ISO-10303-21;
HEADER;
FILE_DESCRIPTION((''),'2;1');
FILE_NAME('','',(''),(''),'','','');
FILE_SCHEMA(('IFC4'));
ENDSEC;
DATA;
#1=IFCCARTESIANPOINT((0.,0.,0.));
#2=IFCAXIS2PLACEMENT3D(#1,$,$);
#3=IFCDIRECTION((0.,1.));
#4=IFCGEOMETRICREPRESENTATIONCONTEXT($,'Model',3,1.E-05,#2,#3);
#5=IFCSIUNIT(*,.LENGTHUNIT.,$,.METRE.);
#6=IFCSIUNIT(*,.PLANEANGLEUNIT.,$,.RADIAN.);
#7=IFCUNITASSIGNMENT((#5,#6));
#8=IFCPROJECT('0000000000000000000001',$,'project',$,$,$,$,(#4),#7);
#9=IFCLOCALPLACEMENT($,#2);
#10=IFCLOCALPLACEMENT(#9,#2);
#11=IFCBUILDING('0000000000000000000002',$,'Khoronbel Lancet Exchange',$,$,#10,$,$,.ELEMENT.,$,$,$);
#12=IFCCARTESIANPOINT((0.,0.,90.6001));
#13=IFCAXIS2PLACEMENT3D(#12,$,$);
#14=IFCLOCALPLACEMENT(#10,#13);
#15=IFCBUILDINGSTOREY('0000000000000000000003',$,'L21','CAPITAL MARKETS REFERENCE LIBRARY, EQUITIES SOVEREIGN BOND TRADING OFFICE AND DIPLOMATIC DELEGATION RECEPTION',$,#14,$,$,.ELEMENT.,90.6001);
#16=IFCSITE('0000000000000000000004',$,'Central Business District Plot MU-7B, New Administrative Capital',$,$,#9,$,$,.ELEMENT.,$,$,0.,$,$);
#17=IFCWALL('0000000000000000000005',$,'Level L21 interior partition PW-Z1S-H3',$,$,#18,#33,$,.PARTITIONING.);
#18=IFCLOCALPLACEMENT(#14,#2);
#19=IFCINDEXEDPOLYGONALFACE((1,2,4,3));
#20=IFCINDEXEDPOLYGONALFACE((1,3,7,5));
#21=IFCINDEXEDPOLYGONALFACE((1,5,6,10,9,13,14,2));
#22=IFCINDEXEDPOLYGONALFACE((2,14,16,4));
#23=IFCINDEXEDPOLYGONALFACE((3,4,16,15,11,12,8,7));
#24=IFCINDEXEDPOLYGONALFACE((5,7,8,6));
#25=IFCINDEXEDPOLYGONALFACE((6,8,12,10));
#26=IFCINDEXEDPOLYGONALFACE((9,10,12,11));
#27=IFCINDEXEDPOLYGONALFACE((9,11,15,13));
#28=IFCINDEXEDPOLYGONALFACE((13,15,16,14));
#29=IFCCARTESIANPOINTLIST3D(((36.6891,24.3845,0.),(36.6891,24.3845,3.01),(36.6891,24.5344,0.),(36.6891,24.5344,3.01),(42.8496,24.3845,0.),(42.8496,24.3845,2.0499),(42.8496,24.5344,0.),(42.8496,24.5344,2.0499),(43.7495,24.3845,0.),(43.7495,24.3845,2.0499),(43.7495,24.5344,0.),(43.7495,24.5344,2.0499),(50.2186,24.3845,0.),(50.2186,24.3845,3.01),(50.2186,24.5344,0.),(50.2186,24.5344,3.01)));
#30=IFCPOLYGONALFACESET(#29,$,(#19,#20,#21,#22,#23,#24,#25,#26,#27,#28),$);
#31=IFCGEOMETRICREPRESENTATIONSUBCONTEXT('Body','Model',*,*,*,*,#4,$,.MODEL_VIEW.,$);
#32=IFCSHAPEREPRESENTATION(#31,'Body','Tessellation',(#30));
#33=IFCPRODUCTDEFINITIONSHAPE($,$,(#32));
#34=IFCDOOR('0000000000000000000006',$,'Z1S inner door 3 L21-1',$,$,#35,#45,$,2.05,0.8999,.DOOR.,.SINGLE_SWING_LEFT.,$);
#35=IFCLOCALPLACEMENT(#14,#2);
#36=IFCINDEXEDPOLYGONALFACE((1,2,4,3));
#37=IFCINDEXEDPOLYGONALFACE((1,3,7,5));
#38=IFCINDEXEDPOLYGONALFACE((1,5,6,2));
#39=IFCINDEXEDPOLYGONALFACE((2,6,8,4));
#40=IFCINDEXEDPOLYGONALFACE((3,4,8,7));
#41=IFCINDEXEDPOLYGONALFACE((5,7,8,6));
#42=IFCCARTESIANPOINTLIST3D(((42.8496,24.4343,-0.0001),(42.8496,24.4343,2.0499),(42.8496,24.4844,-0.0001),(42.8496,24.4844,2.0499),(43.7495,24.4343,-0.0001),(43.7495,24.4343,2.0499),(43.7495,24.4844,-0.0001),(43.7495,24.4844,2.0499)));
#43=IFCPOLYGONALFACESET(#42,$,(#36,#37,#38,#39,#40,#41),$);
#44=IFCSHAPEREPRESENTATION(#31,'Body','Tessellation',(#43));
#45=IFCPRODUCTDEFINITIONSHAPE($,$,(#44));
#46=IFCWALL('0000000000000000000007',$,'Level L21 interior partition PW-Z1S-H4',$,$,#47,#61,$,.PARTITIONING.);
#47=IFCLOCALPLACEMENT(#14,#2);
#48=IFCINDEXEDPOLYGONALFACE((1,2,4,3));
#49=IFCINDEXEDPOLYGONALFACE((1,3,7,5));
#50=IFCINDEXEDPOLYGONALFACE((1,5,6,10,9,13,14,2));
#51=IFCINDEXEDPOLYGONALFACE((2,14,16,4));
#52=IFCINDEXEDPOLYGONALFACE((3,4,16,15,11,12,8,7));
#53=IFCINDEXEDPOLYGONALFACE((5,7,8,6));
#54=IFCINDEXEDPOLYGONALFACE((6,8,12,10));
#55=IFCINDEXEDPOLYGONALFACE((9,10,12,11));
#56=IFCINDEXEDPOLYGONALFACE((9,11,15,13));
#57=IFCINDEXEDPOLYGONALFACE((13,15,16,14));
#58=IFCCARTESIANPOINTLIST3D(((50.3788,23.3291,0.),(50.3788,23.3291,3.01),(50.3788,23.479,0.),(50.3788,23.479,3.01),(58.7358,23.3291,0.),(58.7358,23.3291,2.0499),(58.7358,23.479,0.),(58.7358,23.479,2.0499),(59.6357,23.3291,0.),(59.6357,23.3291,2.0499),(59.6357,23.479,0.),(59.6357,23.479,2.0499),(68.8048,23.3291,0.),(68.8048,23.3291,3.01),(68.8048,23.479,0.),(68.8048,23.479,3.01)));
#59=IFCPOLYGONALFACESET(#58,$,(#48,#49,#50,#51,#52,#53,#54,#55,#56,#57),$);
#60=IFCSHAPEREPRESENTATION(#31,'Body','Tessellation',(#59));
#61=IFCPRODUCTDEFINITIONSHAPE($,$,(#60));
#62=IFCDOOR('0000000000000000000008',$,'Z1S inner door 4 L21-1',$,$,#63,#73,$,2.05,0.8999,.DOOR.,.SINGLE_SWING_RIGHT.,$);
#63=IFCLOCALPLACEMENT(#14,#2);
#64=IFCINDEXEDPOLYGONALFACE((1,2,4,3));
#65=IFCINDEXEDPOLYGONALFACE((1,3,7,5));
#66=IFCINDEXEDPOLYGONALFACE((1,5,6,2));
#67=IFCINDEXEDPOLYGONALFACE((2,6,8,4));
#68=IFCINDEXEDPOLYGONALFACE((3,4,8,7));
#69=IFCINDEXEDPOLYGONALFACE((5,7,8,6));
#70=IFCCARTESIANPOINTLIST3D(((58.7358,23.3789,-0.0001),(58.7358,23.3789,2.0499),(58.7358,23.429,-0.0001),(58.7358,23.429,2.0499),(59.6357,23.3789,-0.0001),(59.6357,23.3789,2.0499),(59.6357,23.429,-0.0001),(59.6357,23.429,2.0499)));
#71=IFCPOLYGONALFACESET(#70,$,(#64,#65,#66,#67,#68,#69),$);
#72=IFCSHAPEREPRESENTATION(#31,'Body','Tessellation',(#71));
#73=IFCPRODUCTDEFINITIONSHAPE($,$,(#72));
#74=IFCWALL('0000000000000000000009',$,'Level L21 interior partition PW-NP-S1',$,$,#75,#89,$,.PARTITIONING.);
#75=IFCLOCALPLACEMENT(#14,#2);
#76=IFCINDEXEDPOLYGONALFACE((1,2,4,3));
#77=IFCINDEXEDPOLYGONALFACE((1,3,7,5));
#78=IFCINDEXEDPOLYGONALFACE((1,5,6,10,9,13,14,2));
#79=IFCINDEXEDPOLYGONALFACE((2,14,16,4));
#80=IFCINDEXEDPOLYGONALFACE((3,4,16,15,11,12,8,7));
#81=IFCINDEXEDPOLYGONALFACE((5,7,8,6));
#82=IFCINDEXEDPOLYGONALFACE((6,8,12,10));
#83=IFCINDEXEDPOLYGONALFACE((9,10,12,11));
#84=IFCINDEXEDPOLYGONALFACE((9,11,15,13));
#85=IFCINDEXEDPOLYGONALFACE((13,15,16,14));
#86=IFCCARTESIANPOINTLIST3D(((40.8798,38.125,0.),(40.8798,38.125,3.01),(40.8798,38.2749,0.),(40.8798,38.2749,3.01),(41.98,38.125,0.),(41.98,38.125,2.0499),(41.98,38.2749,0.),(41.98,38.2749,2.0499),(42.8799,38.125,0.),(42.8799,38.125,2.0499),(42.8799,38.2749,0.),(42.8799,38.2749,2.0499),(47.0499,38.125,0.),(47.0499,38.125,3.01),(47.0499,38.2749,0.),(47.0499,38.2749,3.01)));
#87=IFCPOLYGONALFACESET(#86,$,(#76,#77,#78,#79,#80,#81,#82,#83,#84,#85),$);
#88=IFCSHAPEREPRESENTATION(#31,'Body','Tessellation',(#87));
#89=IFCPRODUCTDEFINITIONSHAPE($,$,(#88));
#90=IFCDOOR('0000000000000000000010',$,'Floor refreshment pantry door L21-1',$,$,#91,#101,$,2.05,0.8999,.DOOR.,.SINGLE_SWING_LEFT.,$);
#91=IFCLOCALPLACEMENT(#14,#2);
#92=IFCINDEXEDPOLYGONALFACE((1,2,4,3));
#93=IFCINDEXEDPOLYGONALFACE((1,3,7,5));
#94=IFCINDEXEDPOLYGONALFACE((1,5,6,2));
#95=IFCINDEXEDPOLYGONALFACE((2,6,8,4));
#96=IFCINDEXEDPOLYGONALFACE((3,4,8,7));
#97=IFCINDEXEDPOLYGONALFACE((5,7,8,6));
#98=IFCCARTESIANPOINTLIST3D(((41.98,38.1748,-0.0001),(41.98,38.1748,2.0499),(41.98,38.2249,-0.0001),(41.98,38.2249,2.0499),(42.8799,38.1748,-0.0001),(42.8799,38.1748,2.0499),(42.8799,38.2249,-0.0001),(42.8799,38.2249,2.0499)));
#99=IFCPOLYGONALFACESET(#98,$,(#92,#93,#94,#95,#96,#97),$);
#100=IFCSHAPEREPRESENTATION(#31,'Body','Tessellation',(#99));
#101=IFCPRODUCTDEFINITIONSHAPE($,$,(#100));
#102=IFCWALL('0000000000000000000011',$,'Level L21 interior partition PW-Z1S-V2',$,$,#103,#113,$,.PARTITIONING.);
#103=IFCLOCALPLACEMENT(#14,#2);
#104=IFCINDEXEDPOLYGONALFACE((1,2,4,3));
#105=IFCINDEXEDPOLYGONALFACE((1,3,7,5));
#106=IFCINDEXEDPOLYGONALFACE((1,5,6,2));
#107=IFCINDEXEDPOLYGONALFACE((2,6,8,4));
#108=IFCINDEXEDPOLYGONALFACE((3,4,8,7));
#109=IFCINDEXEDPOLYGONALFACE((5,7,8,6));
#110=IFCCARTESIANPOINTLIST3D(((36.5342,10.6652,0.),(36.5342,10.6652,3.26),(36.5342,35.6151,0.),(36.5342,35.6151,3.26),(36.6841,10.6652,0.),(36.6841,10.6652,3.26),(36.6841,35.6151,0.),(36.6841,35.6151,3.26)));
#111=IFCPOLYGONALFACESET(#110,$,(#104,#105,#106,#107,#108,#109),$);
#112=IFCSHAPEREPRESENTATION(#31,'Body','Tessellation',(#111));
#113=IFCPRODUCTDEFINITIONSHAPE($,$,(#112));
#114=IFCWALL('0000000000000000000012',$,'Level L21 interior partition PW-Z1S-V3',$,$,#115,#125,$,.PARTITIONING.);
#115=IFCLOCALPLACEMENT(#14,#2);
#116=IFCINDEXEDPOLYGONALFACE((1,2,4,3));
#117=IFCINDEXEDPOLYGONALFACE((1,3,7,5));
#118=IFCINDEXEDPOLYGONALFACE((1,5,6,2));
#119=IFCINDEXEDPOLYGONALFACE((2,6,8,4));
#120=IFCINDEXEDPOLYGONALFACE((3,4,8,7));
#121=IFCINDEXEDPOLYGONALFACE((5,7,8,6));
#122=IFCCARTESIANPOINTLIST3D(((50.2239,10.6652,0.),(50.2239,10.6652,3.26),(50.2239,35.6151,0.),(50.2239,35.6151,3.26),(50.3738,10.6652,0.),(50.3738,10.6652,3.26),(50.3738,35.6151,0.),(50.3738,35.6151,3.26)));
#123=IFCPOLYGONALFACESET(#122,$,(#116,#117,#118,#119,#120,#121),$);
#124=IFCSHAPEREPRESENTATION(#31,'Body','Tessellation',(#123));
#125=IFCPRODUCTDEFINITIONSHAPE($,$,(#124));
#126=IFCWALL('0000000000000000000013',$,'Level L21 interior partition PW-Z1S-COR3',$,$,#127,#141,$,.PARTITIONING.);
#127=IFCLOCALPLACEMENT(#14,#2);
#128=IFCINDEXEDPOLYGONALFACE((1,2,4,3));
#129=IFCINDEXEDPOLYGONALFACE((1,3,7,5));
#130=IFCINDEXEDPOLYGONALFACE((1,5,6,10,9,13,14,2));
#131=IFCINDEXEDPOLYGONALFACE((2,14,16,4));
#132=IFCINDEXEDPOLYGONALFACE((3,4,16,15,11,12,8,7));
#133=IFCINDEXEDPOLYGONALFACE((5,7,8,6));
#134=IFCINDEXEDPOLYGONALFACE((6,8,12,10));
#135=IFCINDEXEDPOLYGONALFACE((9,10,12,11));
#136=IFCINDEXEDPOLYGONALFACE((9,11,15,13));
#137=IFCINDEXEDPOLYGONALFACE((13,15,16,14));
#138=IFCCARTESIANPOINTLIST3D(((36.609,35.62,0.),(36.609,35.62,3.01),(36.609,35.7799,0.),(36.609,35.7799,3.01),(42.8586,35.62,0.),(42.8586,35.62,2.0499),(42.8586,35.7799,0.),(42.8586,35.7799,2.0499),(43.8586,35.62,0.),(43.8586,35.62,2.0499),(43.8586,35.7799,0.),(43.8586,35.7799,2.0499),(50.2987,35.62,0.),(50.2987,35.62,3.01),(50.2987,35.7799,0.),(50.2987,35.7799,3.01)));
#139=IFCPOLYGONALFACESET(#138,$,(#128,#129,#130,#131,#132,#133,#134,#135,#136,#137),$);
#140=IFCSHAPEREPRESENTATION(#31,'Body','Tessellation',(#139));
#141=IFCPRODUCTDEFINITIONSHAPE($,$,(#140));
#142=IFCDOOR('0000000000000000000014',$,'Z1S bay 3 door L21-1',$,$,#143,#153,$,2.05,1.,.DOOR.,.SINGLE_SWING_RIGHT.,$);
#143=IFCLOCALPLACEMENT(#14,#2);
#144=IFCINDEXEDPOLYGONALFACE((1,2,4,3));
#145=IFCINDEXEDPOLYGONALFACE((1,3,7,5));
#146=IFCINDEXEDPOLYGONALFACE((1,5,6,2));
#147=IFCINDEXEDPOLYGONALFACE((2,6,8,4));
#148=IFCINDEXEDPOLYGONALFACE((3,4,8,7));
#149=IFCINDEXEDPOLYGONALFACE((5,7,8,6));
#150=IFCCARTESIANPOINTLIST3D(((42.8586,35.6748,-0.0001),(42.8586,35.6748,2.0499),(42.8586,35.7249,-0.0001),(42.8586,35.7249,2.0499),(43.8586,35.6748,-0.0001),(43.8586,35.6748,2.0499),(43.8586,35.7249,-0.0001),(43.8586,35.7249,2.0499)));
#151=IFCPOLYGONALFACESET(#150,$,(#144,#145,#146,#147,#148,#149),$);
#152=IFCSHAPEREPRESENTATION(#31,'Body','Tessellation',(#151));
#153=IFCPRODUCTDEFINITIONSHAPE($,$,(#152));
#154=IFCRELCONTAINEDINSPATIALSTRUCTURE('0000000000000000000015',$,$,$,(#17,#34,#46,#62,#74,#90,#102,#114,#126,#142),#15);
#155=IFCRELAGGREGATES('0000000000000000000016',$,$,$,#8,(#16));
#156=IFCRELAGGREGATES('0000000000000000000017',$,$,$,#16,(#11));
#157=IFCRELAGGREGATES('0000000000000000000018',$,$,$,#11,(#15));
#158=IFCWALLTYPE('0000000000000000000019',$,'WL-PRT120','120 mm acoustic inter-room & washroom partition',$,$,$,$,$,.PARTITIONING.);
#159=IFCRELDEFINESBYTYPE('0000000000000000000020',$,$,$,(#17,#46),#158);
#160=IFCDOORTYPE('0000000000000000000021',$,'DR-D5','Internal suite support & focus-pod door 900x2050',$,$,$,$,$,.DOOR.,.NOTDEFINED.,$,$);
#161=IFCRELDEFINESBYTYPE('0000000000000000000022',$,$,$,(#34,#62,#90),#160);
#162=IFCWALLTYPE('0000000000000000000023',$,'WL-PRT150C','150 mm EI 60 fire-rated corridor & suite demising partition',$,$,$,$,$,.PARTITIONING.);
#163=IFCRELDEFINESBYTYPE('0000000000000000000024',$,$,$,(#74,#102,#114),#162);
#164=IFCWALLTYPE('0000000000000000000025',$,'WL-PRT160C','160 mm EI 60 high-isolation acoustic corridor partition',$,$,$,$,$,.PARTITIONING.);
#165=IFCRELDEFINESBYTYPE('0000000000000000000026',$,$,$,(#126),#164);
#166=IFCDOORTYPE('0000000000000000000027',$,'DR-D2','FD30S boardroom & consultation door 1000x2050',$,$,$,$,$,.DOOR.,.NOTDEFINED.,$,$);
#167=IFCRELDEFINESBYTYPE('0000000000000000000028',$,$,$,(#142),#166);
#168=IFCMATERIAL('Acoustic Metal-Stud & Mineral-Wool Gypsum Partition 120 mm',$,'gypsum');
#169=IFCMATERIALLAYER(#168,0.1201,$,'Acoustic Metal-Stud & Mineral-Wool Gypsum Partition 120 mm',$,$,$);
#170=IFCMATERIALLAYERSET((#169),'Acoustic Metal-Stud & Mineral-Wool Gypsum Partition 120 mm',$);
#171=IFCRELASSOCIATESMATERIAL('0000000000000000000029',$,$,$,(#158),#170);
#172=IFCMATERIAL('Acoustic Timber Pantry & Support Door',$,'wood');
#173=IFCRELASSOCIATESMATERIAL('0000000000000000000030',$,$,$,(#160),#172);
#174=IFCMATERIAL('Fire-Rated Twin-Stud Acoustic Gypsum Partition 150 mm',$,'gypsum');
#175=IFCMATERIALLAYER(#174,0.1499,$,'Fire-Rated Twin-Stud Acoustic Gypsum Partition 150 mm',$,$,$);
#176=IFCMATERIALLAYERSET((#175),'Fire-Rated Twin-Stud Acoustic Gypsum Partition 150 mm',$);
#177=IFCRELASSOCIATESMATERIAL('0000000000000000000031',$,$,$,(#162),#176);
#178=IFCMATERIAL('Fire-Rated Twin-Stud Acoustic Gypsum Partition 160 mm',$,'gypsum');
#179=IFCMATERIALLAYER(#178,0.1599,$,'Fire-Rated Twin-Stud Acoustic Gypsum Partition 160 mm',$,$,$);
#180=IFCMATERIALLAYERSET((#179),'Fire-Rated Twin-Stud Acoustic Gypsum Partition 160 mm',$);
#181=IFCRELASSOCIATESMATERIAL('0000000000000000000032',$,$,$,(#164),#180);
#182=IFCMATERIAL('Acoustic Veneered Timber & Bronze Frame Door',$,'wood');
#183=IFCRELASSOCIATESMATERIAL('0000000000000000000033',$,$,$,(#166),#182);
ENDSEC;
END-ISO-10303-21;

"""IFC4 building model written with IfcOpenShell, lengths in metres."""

from ifc_helpers import new_model, si_unit, direction, frame, frame_2d, origin, place, context, subcontext, project, spatial, rectangle, extrude, material, layer, layer_set, type_object, element, fill, save


model = new_model("IFC4")

# Units and contexts
model_context = context("Model", 3, precision=1e-05, world=origin(), true_north=direction((0.0, 1.0)))
body_context = subcontext(model_context, "Body", "Model", "MODEL_VIEW")
ifc_project = project(units=[si_unit("LENGTHUNIT", "METRE"), si_unit("PLANEANGLEUNIT", "RADIAN")], contexts=[model_context])

# Site, building, storey
site_placement = place(None, origin())
site = spatial("IfcSite", under=ifc_project, at=site_placement, Name="Central Business District Plot MU-7B, New Administrative Capital", CompositionType="ELEMENT", RefElevation=0.0)
building_placement = place(site_placement, origin())
building = spatial("IfcBuilding", under=site, at=building_placement, Name="Khoronbel Lancet Exchange", CompositionType="ELEMENT")
storey_placement = place(building_placement, frame((0.0, 0.0, 90.6001)))
storey = spatial("IfcBuildingStorey", under=building, at=storey_placement, Name="L21", Description="CAPITAL MARKETS REFERENCE LIBRARY, EQUITIES SOVEREIGN BOND TRADING OFFICE AND DIPLOMATIC DELEGATION RECEPTION", CompositionType="ELEMENT", Elevation=90.6001)

# Walls, openings, doors
ifc_material_1 = material(Name="Acoustic Metal-Stud & Mineral-Wool Gypsum Partition 120 mm", Category="gypsum")
ifc_layer_1 = layer(ifc_material_1, 0.1201, Name="Acoustic Metal-Stud & Mineral-Wool Gypsum Partition 120 mm")
ifc_layer_set_1 = layer_set([ifc_layer_1], Name="Acoustic Metal-Stud & Mineral-Wool Gypsum Partition 120 mm")
wall_type_1 = type_object("IfcWallType", Name="WL-PRT120", Description="120 mm acoustic inter-room & washroom partition", PredefinedType="PARTITIONING", material=ifc_layer_set_1)
wall_1_placement = place(storey_placement, frame((36.6892, 24.4595, 0.0), z_axis=(0.0, 0.0, 1.0), x_axis=(1.0, 0.0, 0.0)))
wall_1 = element("IfcWall", 1, at=wall_1_placement, inside=storey, type_object=wall_type_1, Name="Level L21 interior partition PW-Z1S-H3", PredefinedType="PARTITIONING", context=body_context, shape_type="SweptSolid", body=[
    extrude(rectangle(XDim=13.5295, YDim=0.1499, at=frame_2d((6.7646, 0.0))), origin(), (0.0, 0.0, 1.0), 3.01),
])
opening_1_placement = place(wall_1_placement, frame((6.1604, 0.0, 0.0)))
opening_1 = element("IfcOpeningElement", 2, at=opening_1_placement, cuts=wall_1, PredefinedType="OPENING", context=body_context, shape_type="SweptSolid", body=[
    extrude(rectangle(XDim=0.8999, YDim=2.05, at=frame_2d((0.45, 1.0249))), frame((0.0, 0.085, 0.0), z_axis=(0.0, -1.0, 0.0), x_axis=(1.0, 0.0, 0.0)), (0.0, 0.0, 1.0), 0.1699),
])
ifc_material_2 = material(Name="Acoustic Timber Pantry & Support Door", Category="wood")
door_type_1 = type_object("IfcDoorType", Name="DR-D5", Description="Internal suite support & focus-pod door 900x2050", OperationType="NOTDEFINED", PredefinedType="DOOR", material=ifc_material_2)
door_1_placement = place(opening_1_placement, origin())
door_1 = element("IfcDoor", 3, at=door_1_placement, inside=storey, type_object=door_type_1, Name="Z1S inner door 3 L21-1", OperationType="SINGLE_SWING_LEFT", OverallHeight=2.05, OverallWidth=0.8999, PredefinedType="DOOR", context=body_context, shape_type="SweptSolid", body=[
    extrude(rectangle(XDim=0.8999, YDim=2.05, at=frame_2d((0.45, 1.0249))), frame((0.0, 0.0249, 0.0), z_axis=(0.0, -1.0, 0.0), x_axis=(1.0, 0.0, 0.0)), (0.0, 0.0, 1.0), 0.05),
])
fill(opening_1, door_1)
wall_2_placement = place(storey_placement, frame((50.3789, 23.4041, 0.0), z_axis=(0.0, 0.0, 1.0), x_axis=(1.0, 0.0, 0.0)))
wall_2 = element("IfcWall", 4, at=wall_2_placement, inside=storey, type_object=wall_type_1, Name="Level L21 interior partition PW-Z1S-H4", PredefinedType="PARTITIONING", context=body_context, shape_type="SweptSolid", body=[
    extrude(rectangle(XDim=18.426, YDim=0.1499, at=frame_2d((9.2129, 0.0))), origin(), (0.0, 0.0, 1.0), 3.01),
])
opening_2_placement = place(wall_2_placement, frame((8.3569, 0.0, 0.0)))
opening_2 = element("IfcOpeningElement", 5, at=opening_2_placement, cuts=wall_2, PredefinedType="OPENING", context=body_context, shape_type="SweptSolid", body=[
    extrude(rectangle(XDim=0.8999, YDim=2.05, at=frame_2d((0.45, 1.0249))), frame((0.0, 0.085, 0.0), z_axis=(0.0, -1.0, 0.0), x_axis=(1.0, 0.0, 0.0)), (0.0, 0.0, 1.0), 0.1699),
])
door_2_placement = place(opening_2_placement, origin())
door_2 = element("IfcDoor", 6, at=door_2_placement, inside=storey, type_object=door_type_1, Name="Z1S inner door 4 L21-1", OperationType="SINGLE_SWING_RIGHT", OverallHeight=2.05, OverallWidth=0.8999, PredefinedType="DOOR", context=body_context, shape_type="SweptSolid", body=[
    extrude(rectangle(XDim=0.8999, YDim=2.05, at=frame_2d((0.45, 1.0249))), frame((0.0, 0.0249, 0.0), z_axis=(0.0, -1.0, 0.0), x_axis=(1.0, 0.0, 0.0)), (0.0, 0.0, 1.0), 0.05),
])
fill(opening_2, door_2)
ifc_material_3 = material(Name="Fire-Rated Twin-Stud Acoustic Gypsum Partition 150 mm", Category="gypsum")
ifc_layer_2 = layer(ifc_material_3, 0.1499, Name="Fire-Rated Twin-Stud Acoustic Gypsum Partition 150 mm")
ifc_layer_set_2 = layer_set([ifc_layer_2], Name="Fire-Rated Twin-Stud Acoustic Gypsum Partition 150 mm")
wall_type_2 = type_object("IfcWallType", Name="WL-PRT150C", Description="150 mm EI 60 fire-rated corridor & suite demising partition", PredefinedType="PARTITIONING", material=ifc_layer_set_2)
wall_3_placement = place(storey_placement, frame((40.8799, 38.2, 0.0), z_axis=(0.0, 0.0, 1.0), x_axis=(1.0, 0.0, 0.0)))
wall_3 = element("IfcWall", 7, at=wall_3_placement, inside=storey, type_object=wall_type_2, Name="Level L21 interior partition PW-NP-S1", PredefinedType="PARTITIONING", context=body_context, shape_type="SweptSolid", body=[
    extrude(rectangle(XDim=6.1702, YDim=0.1499, at=frame_2d((3.085, 0.0))), origin(), (0.0, 0.0, 1.0), 3.01),
])
opening_3_placement = place(wall_3_placement, frame((1.1001, 0.0, 0.0)))
opening_3 = element("IfcOpeningElement", 8, at=opening_3_placement, cuts=wall_3, PredefinedType="OPENING", context=body_context, shape_type="SweptSolid", body=[
    extrude(rectangle(XDim=0.8999, YDim=2.05, at=frame_2d((0.45, 1.0249))), frame((0.0, 0.085, 0.0), z_axis=(0.0, -1.0, 0.0), x_axis=(1.0, 0.0, 0.0)), (0.0, 0.0, 1.0), 0.1699),
])
door_3_placement = place(opening_3_placement, origin())
door_3 = element("IfcDoor", 9, at=door_3_placement, inside=storey, type_object=door_type_1, Name="Floor refreshment pantry door L21-1", OperationType="SINGLE_SWING_LEFT", OverallHeight=2.05, OverallWidth=0.8999, PredefinedType="DOOR", context=body_context, shape_type="SweptSolid", body=[
    extrude(rectangle(XDim=0.8999, YDim=2.05, at=frame_2d((0.45, 1.0249))), frame((0.0, 0.0249, 0.0), z_axis=(0.0, -1.0, 0.0), x_axis=(1.0, 0.0, 0.0)), (0.0, 0.0, 1.0), 0.05),
])
fill(opening_3, door_3)

# Walls
for number, where, z_axis, x_axis, name in (
    (10, (36.6091, 10.665, 0.0), (0.0, 0.0, 1.0), (0.0, 1.0, 0.0), "Level L21 interior partition PW-Z1S-V2"),
    (11, (50.2988, 10.665, 0.0), (0.0, 0.0, 1.0), (0.0, 1.0, 0.0), "Level L21 interior partition PW-Z1S-V3"),
):
    element("IfcWall", number, at=place(storey_placement, frame(where, z_axis=z_axis, x_axis=x_axis)), inside=storey, type_object=wall_type_2, Name=name, PredefinedType="PARTITIONING", context=body_context, shape_type="SweptSolid", body=[
        extrude(rectangle(XDim=24.95, YDim=0.1499, at=frame_2d((12.4751, 0.0))), origin(), (0.0, 0.0, 1.0), 3.26),
    ])

# Wall, opening, door
ifc_material_4 = material(Name="Fire-Rated Twin-Stud Acoustic Gypsum Partition 160 mm", Category="gypsum")
ifc_layer_3 = layer(ifc_material_4, 0.1599, Name="Fire-Rated Twin-Stud Acoustic Gypsum Partition 160 mm")
ifc_layer_set_3 = layer_set([ifc_layer_3], Name="Fire-Rated Twin-Stud Acoustic Gypsum Partition 160 mm")
wall_type_3 = type_object("IfcWallType", Name="WL-PRT160C", Description="160 mm EI 60 high-isolation acoustic corridor partition", PredefinedType="PARTITIONING", material=ifc_layer_set_3)
wall_4_placement = place(storey_placement, frame((36.6091, 35.7, 0.0), z_axis=(0.0, 0.0, 1.0), x_axis=(1.0, 0.0, 0.0)))
wall_4 = element("IfcWall", 12, at=wall_4_placement, inside=storey, type_object=wall_type_3, Name="Level L21 interior partition PW-Z1S-COR3", PredefinedType="PARTITIONING", context=body_context, shape_type="SweptSolid", body=[
    extrude(rectangle(XDim=13.6897, YDim=0.1599, at=frame_2d((6.8447, 0.0))), origin(), (0.0, 0.0, 1.0), 3.01),
])
opening_4_placement = place(wall_4_placement, frame((6.2495, 0.0, 0.0)))
opening_4 = element("IfcOpeningElement", 13, at=opening_4_placement, cuts=wall_4, PredefinedType="OPENING", context=body_context, shape_type="SweptSolid", body=[
    extrude(rectangle(XDim=1.0, YDim=2.05, at=frame_2d((0.5, 1.0249))), frame((0.0, 0.0898, 0.0), z_axis=(0.0, -1.0, 0.0), x_axis=(1.0, 0.0, 0.0)), (0.0, 0.0, 1.0), 0.1799),
])
ifc_material_5 = material(Name="Acoustic Veneered Timber & Bronze Frame Door", Category="wood")
door_type_2 = type_object("IfcDoorType", Name="DR-D2", Description="FD30S boardroom & consultation door 1000x2050", OperationType="NOTDEFINED", PredefinedType="DOOR", material=ifc_material_5)
door_4_placement = place(opening_4_placement, origin())
door_4 = element("IfcDoor", 14, at=door_4_placement, inside=storey, type_object=door_type_2, Name="Z1S bay 3 door L21-1", OperationType="SINGLE_SWING_RIGHT", OverallHeight=2.05, OverallWidth=1.0, PredefinedType="DOOR", context=body_context, shape_type="SweptSolid", body=[
    extrude(rectangle(XDim=1.0, YDim=2.05, at=frame_2d((0.5, 1.0249))), frame((0.0, 0.0249, 0.0), z_axis=(0.0, -1.0, 0.0), x_axis=(1.0, 0.0, 0.0)), (0.0, 0.0, 1.0), 0.05),
])
fill(opening_4, door_4)

save(model, "model.ifc")
